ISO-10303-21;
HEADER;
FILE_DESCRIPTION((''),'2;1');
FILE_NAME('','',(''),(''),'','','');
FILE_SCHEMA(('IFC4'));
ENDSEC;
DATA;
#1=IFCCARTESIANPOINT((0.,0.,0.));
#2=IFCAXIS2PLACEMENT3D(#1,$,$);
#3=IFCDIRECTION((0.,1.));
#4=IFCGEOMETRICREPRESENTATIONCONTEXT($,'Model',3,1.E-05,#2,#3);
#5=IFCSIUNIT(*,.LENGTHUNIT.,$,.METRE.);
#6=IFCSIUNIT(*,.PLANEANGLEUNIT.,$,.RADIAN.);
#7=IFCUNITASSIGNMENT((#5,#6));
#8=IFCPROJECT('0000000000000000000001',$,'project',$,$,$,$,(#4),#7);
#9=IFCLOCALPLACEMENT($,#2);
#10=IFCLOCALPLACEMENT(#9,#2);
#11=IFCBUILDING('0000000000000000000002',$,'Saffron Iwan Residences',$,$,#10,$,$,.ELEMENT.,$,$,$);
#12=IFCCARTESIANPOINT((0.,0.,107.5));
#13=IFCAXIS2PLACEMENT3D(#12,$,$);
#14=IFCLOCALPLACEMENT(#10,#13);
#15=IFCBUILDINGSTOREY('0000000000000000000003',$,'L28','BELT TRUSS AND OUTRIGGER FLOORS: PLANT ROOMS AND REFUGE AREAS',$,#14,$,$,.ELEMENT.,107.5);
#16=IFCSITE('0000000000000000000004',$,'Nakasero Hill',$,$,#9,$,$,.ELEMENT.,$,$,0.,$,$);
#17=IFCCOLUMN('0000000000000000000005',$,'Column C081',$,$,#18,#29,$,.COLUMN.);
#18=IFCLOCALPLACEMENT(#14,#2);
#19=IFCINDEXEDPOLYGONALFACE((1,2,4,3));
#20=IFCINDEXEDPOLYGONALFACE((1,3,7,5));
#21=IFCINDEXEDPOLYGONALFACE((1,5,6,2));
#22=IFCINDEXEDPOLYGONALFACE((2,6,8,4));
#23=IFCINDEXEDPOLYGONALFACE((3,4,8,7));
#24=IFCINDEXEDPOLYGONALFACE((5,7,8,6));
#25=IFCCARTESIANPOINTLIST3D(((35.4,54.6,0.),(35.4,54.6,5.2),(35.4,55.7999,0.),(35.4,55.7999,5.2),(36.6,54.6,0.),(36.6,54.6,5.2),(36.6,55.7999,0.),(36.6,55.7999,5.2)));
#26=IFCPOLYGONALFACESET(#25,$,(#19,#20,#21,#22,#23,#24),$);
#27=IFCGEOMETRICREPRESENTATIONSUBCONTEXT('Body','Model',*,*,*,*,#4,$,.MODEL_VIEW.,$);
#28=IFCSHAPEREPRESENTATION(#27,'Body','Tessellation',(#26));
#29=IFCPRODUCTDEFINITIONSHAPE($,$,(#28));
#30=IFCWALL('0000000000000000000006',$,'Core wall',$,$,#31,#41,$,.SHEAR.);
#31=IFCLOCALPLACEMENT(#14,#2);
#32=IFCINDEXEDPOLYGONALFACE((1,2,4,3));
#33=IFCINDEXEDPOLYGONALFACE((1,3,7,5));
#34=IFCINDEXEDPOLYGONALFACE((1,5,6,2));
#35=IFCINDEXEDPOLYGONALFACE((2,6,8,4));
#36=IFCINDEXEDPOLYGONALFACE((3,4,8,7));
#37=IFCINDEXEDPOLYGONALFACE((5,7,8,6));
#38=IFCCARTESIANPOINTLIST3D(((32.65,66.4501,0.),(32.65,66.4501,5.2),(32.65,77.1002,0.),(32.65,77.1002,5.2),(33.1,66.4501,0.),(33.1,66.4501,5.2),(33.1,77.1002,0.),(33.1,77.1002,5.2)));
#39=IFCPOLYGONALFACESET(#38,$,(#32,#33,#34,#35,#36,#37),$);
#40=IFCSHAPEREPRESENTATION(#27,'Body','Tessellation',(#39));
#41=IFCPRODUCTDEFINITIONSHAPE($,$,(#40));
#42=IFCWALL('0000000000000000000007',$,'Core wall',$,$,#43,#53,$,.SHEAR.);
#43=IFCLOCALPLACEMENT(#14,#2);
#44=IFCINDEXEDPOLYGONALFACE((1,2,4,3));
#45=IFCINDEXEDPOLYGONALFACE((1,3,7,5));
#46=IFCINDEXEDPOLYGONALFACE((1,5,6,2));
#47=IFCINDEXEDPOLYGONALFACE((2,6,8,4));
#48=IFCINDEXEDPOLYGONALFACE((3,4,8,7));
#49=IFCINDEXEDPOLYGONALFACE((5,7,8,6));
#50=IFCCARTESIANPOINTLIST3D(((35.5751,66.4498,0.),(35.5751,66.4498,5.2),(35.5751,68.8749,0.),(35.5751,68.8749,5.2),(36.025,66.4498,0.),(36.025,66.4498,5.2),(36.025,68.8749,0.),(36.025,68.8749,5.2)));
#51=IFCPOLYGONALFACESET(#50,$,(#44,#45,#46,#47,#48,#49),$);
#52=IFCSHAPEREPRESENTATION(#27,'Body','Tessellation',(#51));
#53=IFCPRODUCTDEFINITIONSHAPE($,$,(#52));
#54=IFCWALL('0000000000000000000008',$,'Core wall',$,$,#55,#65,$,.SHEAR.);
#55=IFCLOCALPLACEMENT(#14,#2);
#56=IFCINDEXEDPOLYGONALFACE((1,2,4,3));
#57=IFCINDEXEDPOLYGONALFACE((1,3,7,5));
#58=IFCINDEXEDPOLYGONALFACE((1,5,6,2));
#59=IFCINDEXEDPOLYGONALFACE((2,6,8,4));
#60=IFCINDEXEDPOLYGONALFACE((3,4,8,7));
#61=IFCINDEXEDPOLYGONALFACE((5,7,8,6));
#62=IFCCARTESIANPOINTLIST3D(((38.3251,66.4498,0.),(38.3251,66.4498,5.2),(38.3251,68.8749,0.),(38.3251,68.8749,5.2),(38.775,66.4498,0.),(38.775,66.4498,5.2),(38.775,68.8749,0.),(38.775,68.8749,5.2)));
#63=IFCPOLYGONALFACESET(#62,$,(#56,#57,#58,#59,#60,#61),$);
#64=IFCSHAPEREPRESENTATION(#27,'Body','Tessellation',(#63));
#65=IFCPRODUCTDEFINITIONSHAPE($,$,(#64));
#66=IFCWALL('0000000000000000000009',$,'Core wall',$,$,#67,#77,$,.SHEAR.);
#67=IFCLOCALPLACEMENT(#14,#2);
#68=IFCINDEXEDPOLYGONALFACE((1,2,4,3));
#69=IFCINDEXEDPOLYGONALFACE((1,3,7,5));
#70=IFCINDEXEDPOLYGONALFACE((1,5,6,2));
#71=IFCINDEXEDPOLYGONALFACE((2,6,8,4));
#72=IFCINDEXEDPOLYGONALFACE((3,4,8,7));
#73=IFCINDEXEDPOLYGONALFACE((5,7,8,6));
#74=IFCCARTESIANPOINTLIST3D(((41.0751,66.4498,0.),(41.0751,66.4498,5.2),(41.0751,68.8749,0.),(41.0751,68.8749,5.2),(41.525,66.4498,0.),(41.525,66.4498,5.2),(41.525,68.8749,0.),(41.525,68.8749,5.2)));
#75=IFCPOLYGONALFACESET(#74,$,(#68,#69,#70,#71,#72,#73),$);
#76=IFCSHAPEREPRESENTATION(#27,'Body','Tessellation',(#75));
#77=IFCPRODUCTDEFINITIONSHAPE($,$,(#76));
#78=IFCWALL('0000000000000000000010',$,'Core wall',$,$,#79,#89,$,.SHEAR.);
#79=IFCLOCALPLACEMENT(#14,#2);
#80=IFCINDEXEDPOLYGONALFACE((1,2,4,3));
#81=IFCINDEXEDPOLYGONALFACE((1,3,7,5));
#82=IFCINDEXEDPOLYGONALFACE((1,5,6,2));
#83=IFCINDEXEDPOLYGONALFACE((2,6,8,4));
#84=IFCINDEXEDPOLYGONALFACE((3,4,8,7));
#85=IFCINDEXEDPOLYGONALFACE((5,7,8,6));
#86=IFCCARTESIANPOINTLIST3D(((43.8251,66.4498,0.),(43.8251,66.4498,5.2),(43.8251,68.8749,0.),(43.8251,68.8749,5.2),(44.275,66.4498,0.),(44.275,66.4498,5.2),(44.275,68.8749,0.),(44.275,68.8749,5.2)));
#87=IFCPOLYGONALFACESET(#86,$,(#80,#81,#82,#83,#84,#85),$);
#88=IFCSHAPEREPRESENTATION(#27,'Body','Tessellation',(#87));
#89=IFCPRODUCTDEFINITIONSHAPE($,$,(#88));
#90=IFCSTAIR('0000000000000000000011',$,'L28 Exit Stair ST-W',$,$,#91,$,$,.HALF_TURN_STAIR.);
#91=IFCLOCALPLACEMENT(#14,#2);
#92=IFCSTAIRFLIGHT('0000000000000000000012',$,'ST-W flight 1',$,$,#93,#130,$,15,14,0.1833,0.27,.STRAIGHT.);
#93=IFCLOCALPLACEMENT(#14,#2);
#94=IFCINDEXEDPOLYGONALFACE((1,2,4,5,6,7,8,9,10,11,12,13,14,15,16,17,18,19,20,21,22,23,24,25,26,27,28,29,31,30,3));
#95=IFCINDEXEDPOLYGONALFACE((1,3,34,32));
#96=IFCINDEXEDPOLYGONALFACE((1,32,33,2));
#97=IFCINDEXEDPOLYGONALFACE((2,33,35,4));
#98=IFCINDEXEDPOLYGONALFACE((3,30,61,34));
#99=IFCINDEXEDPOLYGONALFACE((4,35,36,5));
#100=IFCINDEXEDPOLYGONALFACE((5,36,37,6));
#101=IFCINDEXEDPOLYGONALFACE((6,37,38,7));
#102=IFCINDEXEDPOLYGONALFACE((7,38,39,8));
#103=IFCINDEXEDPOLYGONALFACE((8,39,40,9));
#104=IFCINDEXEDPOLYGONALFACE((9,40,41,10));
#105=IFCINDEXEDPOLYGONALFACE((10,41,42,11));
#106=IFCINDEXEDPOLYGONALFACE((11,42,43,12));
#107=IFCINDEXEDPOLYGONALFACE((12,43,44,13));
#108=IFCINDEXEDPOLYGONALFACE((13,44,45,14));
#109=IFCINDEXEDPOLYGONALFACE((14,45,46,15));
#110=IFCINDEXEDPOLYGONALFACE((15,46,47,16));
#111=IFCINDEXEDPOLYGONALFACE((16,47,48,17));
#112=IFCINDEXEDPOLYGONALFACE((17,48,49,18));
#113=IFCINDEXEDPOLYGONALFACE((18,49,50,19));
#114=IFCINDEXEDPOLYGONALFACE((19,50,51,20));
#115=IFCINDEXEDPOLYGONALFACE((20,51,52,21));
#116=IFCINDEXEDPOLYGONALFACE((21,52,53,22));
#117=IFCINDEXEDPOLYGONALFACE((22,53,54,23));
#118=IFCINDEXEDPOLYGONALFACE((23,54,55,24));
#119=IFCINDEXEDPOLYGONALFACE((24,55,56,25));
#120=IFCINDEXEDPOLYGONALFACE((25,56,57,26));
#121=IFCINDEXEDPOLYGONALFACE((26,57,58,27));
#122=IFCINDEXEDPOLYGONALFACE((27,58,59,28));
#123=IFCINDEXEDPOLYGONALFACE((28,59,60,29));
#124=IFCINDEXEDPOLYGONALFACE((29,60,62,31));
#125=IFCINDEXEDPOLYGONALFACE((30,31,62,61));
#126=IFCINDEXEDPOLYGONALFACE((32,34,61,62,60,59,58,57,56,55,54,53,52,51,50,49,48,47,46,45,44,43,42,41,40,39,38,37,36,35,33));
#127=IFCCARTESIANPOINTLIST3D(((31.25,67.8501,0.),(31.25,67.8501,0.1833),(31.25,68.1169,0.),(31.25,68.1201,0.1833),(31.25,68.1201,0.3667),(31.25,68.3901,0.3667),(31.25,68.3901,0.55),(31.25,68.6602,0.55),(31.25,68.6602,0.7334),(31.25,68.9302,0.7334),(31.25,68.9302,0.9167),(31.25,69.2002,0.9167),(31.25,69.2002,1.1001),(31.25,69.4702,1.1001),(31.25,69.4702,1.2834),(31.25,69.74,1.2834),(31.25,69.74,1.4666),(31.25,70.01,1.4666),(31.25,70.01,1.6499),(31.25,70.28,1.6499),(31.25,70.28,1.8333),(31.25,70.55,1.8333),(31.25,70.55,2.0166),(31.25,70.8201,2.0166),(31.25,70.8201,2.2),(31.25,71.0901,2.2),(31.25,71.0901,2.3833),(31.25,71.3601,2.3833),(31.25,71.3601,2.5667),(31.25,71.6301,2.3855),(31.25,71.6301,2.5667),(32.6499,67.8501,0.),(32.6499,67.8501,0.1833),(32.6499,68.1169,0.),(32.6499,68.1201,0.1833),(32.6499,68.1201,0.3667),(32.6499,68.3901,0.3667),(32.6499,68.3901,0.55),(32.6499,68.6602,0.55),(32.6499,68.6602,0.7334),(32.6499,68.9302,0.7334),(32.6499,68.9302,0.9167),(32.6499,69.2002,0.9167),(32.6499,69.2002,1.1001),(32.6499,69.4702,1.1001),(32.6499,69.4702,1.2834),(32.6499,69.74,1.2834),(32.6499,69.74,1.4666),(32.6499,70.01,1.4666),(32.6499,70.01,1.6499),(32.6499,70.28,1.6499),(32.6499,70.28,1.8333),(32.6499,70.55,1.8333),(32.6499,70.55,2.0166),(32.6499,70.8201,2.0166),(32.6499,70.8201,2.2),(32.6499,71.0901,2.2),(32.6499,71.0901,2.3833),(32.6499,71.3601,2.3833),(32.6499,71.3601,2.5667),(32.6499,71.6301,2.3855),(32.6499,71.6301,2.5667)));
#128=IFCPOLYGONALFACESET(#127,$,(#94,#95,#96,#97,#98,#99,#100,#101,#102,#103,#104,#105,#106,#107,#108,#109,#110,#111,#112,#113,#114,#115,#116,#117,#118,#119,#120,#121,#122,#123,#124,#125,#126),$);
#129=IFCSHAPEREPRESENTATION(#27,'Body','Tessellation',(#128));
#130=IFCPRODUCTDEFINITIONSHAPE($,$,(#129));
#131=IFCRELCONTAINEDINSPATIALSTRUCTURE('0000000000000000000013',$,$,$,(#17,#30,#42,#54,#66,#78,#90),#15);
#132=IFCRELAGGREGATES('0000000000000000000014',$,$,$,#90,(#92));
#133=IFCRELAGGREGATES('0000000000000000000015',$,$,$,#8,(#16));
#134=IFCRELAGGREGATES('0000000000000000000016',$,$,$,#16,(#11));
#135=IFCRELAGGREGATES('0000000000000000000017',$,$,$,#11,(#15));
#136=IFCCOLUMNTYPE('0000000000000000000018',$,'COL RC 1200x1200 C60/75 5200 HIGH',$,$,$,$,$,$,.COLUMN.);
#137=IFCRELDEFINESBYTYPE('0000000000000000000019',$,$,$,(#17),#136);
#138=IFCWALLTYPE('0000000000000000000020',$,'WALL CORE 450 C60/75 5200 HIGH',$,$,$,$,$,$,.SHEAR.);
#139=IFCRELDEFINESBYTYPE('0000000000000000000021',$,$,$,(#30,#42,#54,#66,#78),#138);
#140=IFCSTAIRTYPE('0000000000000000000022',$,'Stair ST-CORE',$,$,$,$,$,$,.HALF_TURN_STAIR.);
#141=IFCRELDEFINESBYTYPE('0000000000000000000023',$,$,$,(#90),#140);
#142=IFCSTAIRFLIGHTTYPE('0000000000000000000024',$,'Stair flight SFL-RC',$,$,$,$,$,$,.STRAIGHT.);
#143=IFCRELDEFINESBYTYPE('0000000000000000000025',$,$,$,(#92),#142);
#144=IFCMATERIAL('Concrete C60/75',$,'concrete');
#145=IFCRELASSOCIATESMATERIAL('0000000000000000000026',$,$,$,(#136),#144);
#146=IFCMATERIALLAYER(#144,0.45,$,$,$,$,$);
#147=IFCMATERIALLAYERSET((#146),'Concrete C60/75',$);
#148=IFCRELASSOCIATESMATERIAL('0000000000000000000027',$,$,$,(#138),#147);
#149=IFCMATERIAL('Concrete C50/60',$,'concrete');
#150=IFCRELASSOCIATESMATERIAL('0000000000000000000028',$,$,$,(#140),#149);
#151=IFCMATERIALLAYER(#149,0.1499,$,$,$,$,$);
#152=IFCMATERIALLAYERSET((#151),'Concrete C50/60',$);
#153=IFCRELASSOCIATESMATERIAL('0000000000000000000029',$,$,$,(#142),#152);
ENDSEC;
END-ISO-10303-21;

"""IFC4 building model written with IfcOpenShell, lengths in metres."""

from ifc_helpers import new_model, si_unit, direction, frame, frame_2d, origin, origin_2d, place, context, subcontext, project, spatial, polyline, rectangle, outline, extrude, source, transform, mapped, material, layer, layer_set, material_profile, profile_set, type_object, element, aggregate, save


model = new_model("IFC4")

# Units and contexts
model_context = context("Model", 3, precision=1e-05, world=origin(), true_north=direction((0.0, 1.0)))
body_context = subcontext(model_context, "Body", "Model", "MODEL_VIEW")
ifc_project = project(units=[si_unit("LENGTHUNIT", "METRE"), si_unit("PLANEANGLEUNIT", "RADIAN")], contexts=[model_context])

# Site, building, storey
site_placement = place(None, origin())
site = spatial("IfcSite", under=ifc_project, at=site_placement, Name="Nakasero Hill", CompositionType="ELEMENT", RefElevation=0.0)
building_placement = place(site_placement, origin())
building = spatial("IfcBuilding", under=site, at=building_placement, Name="Saffron Iwan Residences", CompositionType="ELEMENT")
storey_placement = place(building_placement, frame((0.0, 0.0, 107.5)))
storey = spatial("IfcBuildingStorey", under=building, at=storey_placement, Name="L28", Description="BELT TRUSS AND OUTRIGGER FLOORS: PLANT ROOMS AND REFUGE AREAS", CompositionType="ELEMENT", Elevation=107.5)

# Column
ifc_material_1 = material(Name="Concrete C60/75", Category="concrete")
ifc_material_profile = material_profile(ifc_material_1, rectangle(XDim=1.2, YDim=1.2, at=origin_2d()), Name="RC 1200x1200")
ifc_profile_set = profile_set([ifc_material_profile], Name="Concrete C60/75")
column_type = type_object("IfcColumnType", Name="COL RC 1200x1200 C60/75 5200 HIGH", PredefinedType="COLUMN", material=ifc_profile_set)
shared_shape = source(origin(), body_context, "Body", "SweptSolid", [
    extrude(rectangle(XDim=1.2, YDim=1.2, at=origin_2d()), origin(), (0.0, 0.0, 1.0), 5.2),
])
column_placement = place(storey_placement, frame((36.0, 55.2, 0.0), z_axis=(0.0, 0.0, 1.0), x_axis=(1.0, 0.0, 0.0)))
element("IfcColumn", 1, at=column_placement, inside=storey, type_object=column_type, Name="Column C081", PredefinedType="COLUMN", context=body_context, shape_type="MappedRepresentation", body=[
    mapped(shared_shape, transform((0.0, 0.0, 0.0))),
])

# Walls
ifc_layer_1 = layer(ifc_material_1, 0.45)
ifc_layer_set_1 = layer_set([ifc_layer_1], Name="Concrete C60/75")
wall_type = type_object("IfcWallType", Name="WALL CORE 450 C60/75 5200 HIGH", PredefinedType="SHEAR", material=ifc_layer_set_1)
wall_placement = place(storey_placement, frame((32.875, 66.45, 0.0), z_axis=(0.0, 0.0, 1.0), x_axis=(0.0, 1.0, 0.0)))
element("IfcWall", 2, at=wall_placement, inside=storey, type_object=wall_type, Name="Core wall", PredefinedType="SHEAR", context=body_context, shape_type="SweptSolid", body=[
    extrude(rectangle(XDim=10.6501, YDim=0.45, at=frame_2d((5.3252, 0.0))), origin(), (0.0, 0.0, 1.0), 5.2),
])
for number, where, z_axis, x_axis, name in (
    (3, (35.8, 66.45, 0.0), (0.0, 0.0, 1.0), (0.0, 1.0, 0.0), "Core wall"),
    (4, (38.55, 66.45, 0.0), (0.0, 0.0, 1.0), (0.0, 1.0, 0.0), "Core wall"),
    (5, (41.3, 66.45, 0.0), (0.0, 0.0, 1.0), (0.0, 1.0, 0.0), "Core wall"),
    (6, (44.05, 66.45, 0.0), (0.0, 0.0, 1.0), (0.0, 1.0, 0.0), "Core wall"),
):
    element("IfcWall", number, at=place(storey_placement, frame(where, z_axis=z_axis, x_axis=x_axis)), inside=storey, type_object=wall_type, Name=name, PredefinedType="SHEAR", context=body_context, shape_type="SweptSolid", body=[
        extrude(rectangle(XDim=2.425, YDim=0.45, at=frame_2d((1.2124, 0.0))), origin(), (0.0, 0.0, 1.0), 5.2),
    ])

# Stair, stair flight
ifc_material_2 = material(Name="Concrete C50/60", Category="concrete")
stair_type = type_object("IfcStairType", Name="Stair ST-CORE", PredefinedType="HALF_TURN_STAIR", material=ifc_material_2)
stair_placement = place(storey_placement, origin())
stair = element("IfcStair", 7, at=stair_placement, inside=storey, type_object=stair_type, Name="L28 Exit Stair ST-W", PredefinedType="HALF_TURN_STAIR")
ifc_layer_2 = layer(ifc_material_2, 0.1499)
ifc_layer_set_2 = layer_set([ifc_layer_2], Name="Concrete C50/60")
stair_flight_type = type_object("IfcStairFlightType", Name="Stair flight SFL-RC", PredefinedType="STRAIGHT", material=ifc_layer_set_2)
stair_flight_placement = place(storey_placement, frame((31.95, 67.8501, 0.0), z_axis=(0.0, 0.0, 1.0), x_axis=(0.0, 1.0, 0.0)))
stair_flight = element("IfcStairFlight", 8, at=stair_flight_placement, type_object=stair_flight_type, Name="ST-W flight 1", NumberOfRisers=15, NumberOfTreads=14, PredefinedType="STRAIGHT", RiserHeight=0.1833, TreadLength=0.27, context=body_context, shape_type="SweptSolid", body=[
    extrude(outline(polyline([(0.0, 0.0), (0.0, 0.1833), (0.27, 0.1833), (0.27, 0.3667), (0.54, 0.3667), (0.54, 0.55), (0.8101, 0.55), (0.8101, 0.7334), (1.0801, 0.7334), (1.0801, 0.9167), (1.3501, 0.9167), (1.3501, 1.1001), (1.6201, 1.1001), (1.6201, 1.2834), (1.8899, 1.2834), (1.8899, 1.4666), (2.1599, 1.4666), (2.1599, 1.6499), (2.4299, 1.6499), (2.4299, 1.8333), (2.7, 1.8333), (2.7, 2.0166), (2.97, 2.0166), (2.97, 2.2), (3.24, 2.2), (3.24, 2.3833), (3.51, 2.3833), (3.51, 2.5667), (3.78, 2.5667), (3.78, 2.75), (3.78, 2.3855), (0.2668, 0.0), (0.0, 0.0)])), frame((0.0, 0.7, 0.0), z_axis=(0.0, -1.0, 0.0), x_axis=(1.0, 0.0, 0.0)), (0.0, 0.0, 1.0), 1.3999),
])
aggregate(stair, [stair_flight])

save(model, "model.ifc")
